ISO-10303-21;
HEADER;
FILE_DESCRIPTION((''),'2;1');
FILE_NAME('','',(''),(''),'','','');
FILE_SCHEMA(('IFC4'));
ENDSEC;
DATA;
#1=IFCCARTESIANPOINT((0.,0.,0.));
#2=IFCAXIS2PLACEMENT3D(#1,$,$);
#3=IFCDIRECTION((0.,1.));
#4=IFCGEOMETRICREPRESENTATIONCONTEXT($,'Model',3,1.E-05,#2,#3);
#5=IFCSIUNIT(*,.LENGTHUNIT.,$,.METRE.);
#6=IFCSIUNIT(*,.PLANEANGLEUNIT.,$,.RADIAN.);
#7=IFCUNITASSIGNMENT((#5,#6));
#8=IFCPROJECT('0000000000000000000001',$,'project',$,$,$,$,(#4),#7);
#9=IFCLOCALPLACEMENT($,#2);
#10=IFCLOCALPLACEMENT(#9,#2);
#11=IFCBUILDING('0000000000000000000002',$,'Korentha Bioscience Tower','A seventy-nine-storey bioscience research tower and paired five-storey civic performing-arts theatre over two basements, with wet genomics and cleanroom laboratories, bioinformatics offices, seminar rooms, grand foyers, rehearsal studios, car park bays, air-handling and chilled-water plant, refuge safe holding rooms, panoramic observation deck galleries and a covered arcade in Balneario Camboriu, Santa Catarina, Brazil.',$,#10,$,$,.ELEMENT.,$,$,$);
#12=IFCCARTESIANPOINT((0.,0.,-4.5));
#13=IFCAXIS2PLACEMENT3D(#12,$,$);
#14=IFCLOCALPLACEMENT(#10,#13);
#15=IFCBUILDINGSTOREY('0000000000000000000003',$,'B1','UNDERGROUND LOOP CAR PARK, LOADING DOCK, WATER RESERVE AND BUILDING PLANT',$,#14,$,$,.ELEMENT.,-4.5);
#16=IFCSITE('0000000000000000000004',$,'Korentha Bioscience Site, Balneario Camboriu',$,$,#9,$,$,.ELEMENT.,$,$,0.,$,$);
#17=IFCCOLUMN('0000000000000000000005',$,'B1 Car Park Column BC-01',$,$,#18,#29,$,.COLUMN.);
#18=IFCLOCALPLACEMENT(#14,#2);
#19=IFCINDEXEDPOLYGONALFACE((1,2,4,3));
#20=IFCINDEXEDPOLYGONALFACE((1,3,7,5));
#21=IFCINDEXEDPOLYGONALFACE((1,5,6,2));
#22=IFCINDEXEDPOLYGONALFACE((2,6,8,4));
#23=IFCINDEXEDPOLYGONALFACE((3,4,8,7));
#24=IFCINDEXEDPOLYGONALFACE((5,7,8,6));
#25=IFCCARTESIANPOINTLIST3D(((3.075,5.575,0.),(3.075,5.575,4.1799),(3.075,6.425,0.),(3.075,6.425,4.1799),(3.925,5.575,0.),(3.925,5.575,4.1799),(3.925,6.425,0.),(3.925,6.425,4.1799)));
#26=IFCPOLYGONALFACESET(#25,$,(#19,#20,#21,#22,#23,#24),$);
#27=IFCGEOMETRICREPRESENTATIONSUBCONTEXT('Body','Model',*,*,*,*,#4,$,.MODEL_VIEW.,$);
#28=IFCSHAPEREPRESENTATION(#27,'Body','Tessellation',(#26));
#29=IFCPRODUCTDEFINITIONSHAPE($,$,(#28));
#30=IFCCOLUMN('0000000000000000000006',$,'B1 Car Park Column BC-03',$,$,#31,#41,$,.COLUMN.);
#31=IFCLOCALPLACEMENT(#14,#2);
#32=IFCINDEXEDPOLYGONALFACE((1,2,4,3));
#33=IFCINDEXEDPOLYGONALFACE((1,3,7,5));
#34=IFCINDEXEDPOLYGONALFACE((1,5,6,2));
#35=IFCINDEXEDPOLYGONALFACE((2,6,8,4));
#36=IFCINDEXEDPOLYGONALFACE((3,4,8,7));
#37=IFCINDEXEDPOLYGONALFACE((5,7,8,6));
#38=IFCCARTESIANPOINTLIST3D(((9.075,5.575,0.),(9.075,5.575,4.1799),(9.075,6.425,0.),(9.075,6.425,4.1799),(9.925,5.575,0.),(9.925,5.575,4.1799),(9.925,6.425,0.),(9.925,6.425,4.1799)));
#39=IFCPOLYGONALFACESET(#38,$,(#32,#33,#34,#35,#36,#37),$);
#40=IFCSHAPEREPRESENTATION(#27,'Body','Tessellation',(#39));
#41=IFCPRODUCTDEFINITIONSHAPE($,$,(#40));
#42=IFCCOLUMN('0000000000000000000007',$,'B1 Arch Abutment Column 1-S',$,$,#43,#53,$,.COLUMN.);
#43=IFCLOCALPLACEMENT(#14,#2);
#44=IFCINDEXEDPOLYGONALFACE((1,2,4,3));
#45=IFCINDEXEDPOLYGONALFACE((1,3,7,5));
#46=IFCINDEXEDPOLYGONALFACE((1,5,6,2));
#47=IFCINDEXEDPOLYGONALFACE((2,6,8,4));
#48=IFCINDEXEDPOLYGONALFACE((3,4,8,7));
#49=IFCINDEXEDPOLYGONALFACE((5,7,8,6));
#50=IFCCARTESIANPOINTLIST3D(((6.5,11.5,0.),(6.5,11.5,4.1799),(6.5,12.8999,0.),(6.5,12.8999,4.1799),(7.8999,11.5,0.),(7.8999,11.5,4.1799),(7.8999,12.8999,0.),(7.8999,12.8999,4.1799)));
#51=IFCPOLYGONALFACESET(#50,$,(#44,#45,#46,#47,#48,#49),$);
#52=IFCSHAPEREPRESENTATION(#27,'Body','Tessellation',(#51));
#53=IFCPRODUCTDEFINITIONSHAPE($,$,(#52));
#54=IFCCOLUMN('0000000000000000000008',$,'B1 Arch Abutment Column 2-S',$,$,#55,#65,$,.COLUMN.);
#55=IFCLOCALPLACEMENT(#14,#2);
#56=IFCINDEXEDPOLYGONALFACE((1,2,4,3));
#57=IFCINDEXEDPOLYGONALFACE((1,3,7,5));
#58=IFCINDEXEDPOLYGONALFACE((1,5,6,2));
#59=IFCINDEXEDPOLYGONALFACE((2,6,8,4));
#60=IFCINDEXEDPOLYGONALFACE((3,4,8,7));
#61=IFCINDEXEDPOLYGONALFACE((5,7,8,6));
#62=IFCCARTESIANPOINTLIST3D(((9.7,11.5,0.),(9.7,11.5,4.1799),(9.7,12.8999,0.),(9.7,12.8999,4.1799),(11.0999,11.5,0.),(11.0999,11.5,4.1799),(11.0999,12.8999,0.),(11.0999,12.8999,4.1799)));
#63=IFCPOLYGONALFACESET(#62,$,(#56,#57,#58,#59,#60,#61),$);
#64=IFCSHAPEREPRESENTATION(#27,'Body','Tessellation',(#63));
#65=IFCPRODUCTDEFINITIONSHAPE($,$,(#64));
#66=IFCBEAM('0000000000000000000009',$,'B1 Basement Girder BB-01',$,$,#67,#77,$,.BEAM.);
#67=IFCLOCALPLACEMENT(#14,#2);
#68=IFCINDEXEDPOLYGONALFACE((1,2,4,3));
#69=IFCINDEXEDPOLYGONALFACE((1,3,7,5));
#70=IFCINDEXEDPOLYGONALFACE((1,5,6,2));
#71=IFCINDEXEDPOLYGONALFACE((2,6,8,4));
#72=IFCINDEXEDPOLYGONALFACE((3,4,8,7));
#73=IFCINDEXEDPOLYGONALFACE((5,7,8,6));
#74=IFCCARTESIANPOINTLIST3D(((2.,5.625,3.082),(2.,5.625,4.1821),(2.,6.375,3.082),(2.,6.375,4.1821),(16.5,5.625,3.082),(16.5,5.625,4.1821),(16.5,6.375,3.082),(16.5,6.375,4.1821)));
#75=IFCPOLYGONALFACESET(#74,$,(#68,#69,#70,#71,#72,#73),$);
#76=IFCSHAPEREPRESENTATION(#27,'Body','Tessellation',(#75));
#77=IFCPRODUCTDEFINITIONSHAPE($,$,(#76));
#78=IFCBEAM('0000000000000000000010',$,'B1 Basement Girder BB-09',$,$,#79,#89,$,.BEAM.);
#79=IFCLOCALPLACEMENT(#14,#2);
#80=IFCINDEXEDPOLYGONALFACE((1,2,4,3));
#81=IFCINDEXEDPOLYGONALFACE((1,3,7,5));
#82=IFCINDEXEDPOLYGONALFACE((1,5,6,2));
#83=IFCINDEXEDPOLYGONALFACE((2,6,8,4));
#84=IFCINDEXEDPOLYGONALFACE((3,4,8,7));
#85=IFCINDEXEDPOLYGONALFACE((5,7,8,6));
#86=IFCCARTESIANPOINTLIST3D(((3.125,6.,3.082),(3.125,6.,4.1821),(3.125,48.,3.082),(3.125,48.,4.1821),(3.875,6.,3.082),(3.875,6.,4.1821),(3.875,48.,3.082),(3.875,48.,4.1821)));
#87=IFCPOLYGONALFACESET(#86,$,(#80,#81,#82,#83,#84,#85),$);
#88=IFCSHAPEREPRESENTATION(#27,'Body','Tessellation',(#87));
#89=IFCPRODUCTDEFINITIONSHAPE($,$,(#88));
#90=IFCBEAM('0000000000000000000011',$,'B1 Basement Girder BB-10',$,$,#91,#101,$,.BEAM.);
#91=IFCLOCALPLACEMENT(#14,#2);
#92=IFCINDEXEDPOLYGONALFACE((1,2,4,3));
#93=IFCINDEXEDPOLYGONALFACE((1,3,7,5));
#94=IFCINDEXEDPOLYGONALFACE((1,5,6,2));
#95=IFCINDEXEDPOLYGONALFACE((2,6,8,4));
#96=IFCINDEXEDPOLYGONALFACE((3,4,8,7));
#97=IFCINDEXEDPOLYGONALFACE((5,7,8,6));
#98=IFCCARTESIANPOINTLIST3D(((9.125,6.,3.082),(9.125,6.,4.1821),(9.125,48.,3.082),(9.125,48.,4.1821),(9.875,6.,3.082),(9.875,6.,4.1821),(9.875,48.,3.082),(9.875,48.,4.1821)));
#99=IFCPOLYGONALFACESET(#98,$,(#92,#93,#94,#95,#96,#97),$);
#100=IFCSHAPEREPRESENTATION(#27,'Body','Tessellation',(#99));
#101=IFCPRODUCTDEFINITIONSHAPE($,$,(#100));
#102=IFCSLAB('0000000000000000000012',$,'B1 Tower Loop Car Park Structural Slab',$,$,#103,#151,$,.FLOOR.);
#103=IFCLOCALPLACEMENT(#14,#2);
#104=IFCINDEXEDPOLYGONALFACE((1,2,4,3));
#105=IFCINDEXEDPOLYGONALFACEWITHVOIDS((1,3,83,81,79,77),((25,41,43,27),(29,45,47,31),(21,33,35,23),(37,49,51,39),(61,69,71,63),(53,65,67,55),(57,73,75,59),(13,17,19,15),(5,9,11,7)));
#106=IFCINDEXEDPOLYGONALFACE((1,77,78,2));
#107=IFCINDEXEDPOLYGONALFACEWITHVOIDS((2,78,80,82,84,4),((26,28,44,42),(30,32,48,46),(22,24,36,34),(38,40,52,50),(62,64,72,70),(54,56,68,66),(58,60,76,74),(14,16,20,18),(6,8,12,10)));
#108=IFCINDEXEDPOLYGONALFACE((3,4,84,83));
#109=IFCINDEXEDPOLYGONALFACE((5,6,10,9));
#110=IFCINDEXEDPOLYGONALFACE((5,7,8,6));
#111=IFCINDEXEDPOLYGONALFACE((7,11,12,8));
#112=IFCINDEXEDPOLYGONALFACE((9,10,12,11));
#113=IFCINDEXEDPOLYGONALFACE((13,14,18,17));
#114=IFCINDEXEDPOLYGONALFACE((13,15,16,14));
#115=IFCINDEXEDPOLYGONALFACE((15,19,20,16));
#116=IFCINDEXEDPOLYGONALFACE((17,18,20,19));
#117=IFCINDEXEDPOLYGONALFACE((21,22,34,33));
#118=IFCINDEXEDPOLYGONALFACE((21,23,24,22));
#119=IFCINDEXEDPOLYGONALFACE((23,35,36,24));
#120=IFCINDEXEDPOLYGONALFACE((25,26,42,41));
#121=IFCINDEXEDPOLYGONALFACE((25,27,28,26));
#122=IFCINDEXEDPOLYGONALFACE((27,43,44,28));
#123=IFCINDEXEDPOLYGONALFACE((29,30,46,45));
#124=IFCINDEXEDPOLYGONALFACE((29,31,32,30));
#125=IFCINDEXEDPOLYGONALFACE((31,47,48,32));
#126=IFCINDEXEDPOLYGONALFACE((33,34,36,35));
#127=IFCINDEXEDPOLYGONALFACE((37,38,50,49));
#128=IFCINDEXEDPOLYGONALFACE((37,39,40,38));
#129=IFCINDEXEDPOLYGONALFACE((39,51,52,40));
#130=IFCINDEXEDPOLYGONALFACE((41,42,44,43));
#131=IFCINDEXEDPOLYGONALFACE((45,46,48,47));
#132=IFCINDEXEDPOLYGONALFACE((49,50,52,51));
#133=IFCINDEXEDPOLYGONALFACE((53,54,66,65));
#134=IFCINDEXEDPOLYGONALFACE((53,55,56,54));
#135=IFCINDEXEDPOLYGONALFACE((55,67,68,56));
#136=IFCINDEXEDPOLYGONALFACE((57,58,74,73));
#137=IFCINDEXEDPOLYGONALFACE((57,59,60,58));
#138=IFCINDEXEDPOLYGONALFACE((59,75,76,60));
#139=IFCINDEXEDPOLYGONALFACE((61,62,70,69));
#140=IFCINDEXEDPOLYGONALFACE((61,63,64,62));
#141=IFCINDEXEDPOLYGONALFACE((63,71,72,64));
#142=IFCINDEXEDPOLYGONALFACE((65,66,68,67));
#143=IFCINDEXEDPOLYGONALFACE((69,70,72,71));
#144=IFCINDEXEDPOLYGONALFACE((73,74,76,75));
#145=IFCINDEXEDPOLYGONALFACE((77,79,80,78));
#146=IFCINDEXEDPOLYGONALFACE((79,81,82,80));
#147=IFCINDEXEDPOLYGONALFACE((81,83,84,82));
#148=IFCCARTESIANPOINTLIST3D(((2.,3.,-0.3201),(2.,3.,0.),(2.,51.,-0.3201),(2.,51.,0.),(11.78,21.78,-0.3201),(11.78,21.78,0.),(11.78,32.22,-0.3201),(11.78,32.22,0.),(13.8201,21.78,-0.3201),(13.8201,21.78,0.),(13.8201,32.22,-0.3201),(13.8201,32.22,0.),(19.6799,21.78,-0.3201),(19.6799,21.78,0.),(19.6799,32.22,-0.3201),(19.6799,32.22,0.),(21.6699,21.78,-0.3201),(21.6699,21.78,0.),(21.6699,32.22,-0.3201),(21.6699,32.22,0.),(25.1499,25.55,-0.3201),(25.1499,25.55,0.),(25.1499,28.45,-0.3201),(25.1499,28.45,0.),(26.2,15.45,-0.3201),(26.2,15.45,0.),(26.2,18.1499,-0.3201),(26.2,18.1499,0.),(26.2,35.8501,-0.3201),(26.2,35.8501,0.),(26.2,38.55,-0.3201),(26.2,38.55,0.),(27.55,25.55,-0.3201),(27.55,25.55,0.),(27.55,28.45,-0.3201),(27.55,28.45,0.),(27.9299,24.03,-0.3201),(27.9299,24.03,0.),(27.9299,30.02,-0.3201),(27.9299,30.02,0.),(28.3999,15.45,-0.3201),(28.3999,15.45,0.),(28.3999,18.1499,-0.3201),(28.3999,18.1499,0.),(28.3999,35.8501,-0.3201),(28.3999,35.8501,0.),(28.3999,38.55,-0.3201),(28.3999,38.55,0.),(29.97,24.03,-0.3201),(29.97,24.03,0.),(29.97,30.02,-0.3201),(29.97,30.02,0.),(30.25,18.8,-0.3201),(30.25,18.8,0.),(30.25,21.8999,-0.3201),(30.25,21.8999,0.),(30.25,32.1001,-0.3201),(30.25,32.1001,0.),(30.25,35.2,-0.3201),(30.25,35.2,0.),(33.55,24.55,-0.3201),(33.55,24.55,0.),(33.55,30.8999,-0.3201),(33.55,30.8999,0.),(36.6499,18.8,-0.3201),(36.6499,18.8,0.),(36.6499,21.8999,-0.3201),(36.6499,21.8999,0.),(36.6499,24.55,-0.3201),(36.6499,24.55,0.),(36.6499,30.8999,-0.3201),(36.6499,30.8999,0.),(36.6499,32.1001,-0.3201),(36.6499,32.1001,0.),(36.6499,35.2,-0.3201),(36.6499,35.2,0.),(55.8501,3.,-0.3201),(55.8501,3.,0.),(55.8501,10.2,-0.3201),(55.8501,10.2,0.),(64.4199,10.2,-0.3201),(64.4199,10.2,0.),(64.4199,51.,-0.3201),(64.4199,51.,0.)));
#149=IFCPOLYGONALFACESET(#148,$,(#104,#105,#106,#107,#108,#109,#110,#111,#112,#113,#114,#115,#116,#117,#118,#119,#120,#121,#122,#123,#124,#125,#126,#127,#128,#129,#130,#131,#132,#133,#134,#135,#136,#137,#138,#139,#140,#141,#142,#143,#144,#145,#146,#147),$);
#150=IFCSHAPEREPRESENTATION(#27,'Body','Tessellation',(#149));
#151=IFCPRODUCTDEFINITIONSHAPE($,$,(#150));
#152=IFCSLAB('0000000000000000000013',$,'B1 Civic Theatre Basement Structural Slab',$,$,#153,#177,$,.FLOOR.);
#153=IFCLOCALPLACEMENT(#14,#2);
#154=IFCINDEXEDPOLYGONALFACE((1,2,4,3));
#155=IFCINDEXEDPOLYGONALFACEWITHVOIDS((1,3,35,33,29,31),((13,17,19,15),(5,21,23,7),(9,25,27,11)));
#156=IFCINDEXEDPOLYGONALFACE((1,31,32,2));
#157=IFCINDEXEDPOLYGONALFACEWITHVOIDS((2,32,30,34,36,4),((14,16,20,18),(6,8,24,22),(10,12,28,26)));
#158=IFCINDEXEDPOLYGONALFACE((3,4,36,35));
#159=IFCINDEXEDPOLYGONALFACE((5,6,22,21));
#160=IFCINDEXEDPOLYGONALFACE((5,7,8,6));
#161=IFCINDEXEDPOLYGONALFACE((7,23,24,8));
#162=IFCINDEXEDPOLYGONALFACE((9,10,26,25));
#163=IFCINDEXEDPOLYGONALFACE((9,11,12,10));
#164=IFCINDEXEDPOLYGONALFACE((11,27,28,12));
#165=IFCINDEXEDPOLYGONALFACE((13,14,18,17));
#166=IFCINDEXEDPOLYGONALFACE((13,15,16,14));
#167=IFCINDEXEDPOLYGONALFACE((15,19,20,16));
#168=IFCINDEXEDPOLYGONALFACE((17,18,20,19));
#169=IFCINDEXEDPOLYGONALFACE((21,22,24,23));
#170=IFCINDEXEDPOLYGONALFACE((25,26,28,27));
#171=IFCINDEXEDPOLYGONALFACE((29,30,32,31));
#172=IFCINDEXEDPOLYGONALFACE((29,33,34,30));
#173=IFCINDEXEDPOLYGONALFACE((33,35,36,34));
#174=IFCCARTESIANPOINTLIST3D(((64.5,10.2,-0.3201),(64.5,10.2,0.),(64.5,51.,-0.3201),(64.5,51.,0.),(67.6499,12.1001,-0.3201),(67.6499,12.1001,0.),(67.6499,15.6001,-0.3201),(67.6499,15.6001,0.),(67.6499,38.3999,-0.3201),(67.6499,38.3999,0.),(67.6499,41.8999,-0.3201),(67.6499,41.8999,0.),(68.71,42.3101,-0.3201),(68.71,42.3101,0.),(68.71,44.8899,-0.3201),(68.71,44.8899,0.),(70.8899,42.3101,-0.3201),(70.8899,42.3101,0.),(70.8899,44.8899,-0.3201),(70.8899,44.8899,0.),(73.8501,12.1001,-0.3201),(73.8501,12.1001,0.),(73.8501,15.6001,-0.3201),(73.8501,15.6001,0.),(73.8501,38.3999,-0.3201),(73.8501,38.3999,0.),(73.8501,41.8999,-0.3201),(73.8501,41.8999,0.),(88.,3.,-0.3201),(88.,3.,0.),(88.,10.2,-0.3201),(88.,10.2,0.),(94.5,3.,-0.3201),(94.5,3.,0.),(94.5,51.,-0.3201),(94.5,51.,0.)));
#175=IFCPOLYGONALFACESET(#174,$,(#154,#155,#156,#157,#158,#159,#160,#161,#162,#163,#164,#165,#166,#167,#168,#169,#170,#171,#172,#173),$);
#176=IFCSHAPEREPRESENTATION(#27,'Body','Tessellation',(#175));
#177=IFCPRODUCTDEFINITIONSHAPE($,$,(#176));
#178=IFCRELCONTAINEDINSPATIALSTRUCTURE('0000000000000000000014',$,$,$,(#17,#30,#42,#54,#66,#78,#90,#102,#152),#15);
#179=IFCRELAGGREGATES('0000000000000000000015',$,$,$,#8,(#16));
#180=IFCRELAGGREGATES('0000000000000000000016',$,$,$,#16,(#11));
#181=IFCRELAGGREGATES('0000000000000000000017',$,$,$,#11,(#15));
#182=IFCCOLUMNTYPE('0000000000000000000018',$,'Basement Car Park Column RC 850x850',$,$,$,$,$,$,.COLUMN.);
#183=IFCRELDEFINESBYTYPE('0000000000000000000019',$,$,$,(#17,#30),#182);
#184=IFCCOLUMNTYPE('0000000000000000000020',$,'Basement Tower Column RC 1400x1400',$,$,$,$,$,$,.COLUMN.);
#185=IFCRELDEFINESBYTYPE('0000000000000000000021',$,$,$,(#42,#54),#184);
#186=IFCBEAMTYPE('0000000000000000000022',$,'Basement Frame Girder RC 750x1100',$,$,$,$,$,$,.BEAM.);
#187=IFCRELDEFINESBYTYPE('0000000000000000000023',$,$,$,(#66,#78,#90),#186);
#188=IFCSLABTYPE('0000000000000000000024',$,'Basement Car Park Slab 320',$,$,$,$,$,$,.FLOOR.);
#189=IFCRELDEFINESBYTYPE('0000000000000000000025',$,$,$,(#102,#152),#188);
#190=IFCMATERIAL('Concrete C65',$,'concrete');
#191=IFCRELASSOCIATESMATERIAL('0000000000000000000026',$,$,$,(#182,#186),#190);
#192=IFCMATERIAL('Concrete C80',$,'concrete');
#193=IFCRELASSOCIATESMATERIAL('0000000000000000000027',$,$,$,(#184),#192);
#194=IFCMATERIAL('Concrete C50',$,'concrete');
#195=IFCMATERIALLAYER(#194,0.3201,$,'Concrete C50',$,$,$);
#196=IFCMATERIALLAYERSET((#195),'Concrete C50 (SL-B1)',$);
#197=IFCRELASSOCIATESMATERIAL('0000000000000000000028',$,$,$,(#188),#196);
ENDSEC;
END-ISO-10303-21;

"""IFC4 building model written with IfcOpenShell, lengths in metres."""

from ifc_helpers import new_model, si_unit, direction, frame, origin, origin_2d, place, context, subcontext, project, spatial, polyline, rectangle, outline, extrude, material, layer, layer_set, material_profile, profile_set, type_object, element, save


model = new_model("IFC4")

# Units and contexts
model_context = context("Model", 3, precision=1e-05, world=origin(), true_north=direction((0.0, 1.0)))
body_context = subcontext(model_context, "Body", "Model", "MODEL_VIEW")
ifc_project = project(units=[si_unit("LENGTHUNIT", "METRE"), si_unit("PLANEANGLEUNIT", "RADIAN")], contexts=[model_context])

# Site, building, storey
site_placement = place(None, origin())
site = spatial("IfcSite", under=ifc_project, at=site_placement, Name="Korentha Bioscience Site, Balneario Camboriu", CompositionType="ELEMENT", RefElevation=0.0)
building_placement = place(site_placement, origin())
building = spatial("IfcBuilding", under=site, at=building_placement, Name="Korentha Bioscience Tower", Description="A seventy-nine-storey bioscience research tower and paired five-storey civic performing-arts theatre over two basements, with wet genomics and cleanroom laboratories, bioinformatics offices, seminar rooms, grand foyers, rehearsal studios, car park bays, air-handling and chilled-water plant, refuge safe holding rooms, panoramic observation deck galleries and a covered arcade in Balneario Camboriu, Santa Catarina, Brazil.", CompositionType="ELEMENT")
storey_placement = place(building_placement, frame((0.0, 0.0, -4.5)))
storey = spatial("IfcBuildingStorey", under=building, at=storey_placement, Name="B1", Description="UNDERGROUND LOOP CAR PARK, LOADING DOCK, WATER RESERVE AND BUILDING PLANT", CompositionType="ELEMENT", Elevation=-4.5)

# Columns
ifc_material_1 = material(Name="Concrete C65", Category="concrete")
ifc_material_profile_1 = material_profile(ifc_material_1, rectangle(XDim=0.8501, YDim=0.8501, at=origin_2d()), Name="Concrete C65")
ifc_profile_set_1 = profile_set([ifc_material_profile_1], Name="Concrete C65 (BC-01)")
column_type_1 = type_object("IfcColumnType", Name="Basement Car Park Column RC 850x850", PredefinedType="COLUMN", material=ifc_profile_set_1)
for number, where, z_axis, x_axis, name in (
    (1, (3.5, 6.0, 0.0), (0.0, 0.0, 1.0), (1.0, 0.0, 0.0), "B1 Car Park Column BC-01"),
    (2, (9.5, 6.0, 0.0), (0.0, 0.0, 1.0), (1.0, 0.0, 0.0), "B1 Car Park Column BC-03"),
):
    element("IfcColumn", number, at=place(storey_placement, frame(where, z_axis=z_axis, x_axis=x_axis)), inside=storey, type_object=column_type_1, Name=name, PredefinedType="COLUMN", context=body_context, shape_type="SweptSolid", body=[
        extrude(rectangle(XDim=0.8501, YDim=0.8501, at=origin_2d()), origin(), (0.0, 0.0, 1.0), 4.1799),
    ])
ifc_material_2 = material(Name="Concrete C80", Category="concrete")
ifc_material_profile_2 = material_profile(ifc_material_2, rectangle(XDim=1.3999, YDim=1.3999, at=origin_2d()), Name="Concrete C80")
ifc_profile_set_2 = profile_set([ifc_material_profile_2], Name="Concrete C80 (COL-B14)")
column_type_2 = type_object("IfcColumnType", Name="Basement Tower Column RC 1400x1400", PredefinedType="COLUMN", material=ifc_profile_set_2)
for number, where, z_axis, x_axis, name in (
    (3, (7.2, 12.2, 0.0), (0.0, 0.0, 1.0), (1.0, 0.0, 0.0), "B1 Arch Abutment Column 1-S"),
    (4, (10.3999, 12.2, 0.0), (0.0, 0.0, 1.0), (1.0, 0.0, 0.0), "B1 Arch Abutment Column 2-S"),
):
    element("IfcColumn", number, at=place(storey_placement, frame(where, z_axis=z_axis, x_axis=x_axis)), inside=storey, type_object=column_type_2, Name=name, PredefinedType="COLUMN", context=body_context, shape_type="SweptSolid", body=[
        extrude(rectangle(XDim=1.3999, YDim=1.3999, at=origin_2d()), origin(), (0.0, 0.0, 1.0), 4.1799),
    ])

# Beams
ifc_material_profile_3 = material_profile(ifc_material_1, rectangle(XDim=0.75, YDim=1.1001, at=origin_2d()), Name="Concrete C65")
ifc_profile_set_3 = profile_set([ifc_material_profile_3], Name="Concrete C65 (BB-750)")
beam_type = type_object("IfcBeamType", Name="Basement Frame Girder RC 750x1100", PredefinedType="BEAM", material=ifc_profile_set_3)
beam_placement = place(storey_placement, frame((2.0, 6.0, 3.6321), z_axis=(1.0, 0.0, 0.0), x_axis=(0.0, 1.0, 0.0)))
element("IfcBeam", 5, at=beam_placement, inside=storey, type_object=beam_type, Name="B1 Basement Girder BB-01", PredefinedType="BEAM", context=body_context, shape_type="SweptSolid", body=[
    extrude(rectangle(XDim=0.75, YDim=1.1001, at=origin_2d()), origin(), (0.0, 0.0, 1.0), 14.5),
])
for number, where, z_axis, x_axis, name in (
    (6, (3.5, 6.0, 3.6321), (0.0, 1.0, 0.0), (-1.0, 0.0, 0.0), "B1 Basement Girder BB-09"),
    (7, (9.5, 6.0, 3.6321), (0.0, 1.0, 0.0), (-1.0, 0.0, 0.0), "B1 Basement Girder BB-10"),
):
    element("IfcBeam", number, at=place(storey_placement, frame(where, z_axis=z_axis, x_axis=x_axis)), inside=storey, type_object=beam_type, Name=name, PredefinedType="BEAM", context=body_context, shape_type="SweptSolid", body=[
        extrude(rectangle(XDim=0.75, YDim=1.1001, at=origin_2d()), origin(), (0.0, 0.0, 1.0), 42.0),
    ])

# Slabs
ifc_material_3 = material(Name="Concrete C50", Category="concrete")
ifc_layer_1 = layer(ifc_material_3, 0.3201, Name="Concrete C50")
ifc_layer_set_1 = layer_set([ifc_layer_1], Name="Concrete C50 (SL-B1)")
slab_type_1 = type_object("IfcSlabType", Name="Basement Car Park Slab 320", PredefinedType="FLOOR", material=ifc_layer_set_1)
slab_1_placement = place(storey_placement, frame((0.0, 0.0, -0.3201)))
element("IfcSlab", 8, at=slab_1_placement, inside=storey, type_object=slab_type_1, Name="B1 Tower Loop Car Park Structural Slab", PredefinedType="FLOOR", context=body_context, shape_type="SweptSolid", body=[
    extrude(outline(polyline([(2.0, 3.0), (55.8501, 3.0), (55.8501, 10.2), (64.4199, 10.2), (64.4199, 51.0), (2.0, 51.0), (2.0, 3.0)]), holes=[polyline([(30.25, 32.1001), (36.6499, 32.1001), (36.6499, 35.2), (30.25, 35.2), (30.25, 32.1001)]), polyline([(30.25, 18.8), (36.6499, 18.8), (36.6499, 21.8999), (30.25, 21.8999), (30.25, 18.8)]), polyline([(36.6499, 24.55), (36.6499, 30.8999), (33.55, 30.8999), (33.55, 24.55), (36.6499, 24.55)]), polyline([(11.78, 21.78), (13.8201, 21.78), (13.8201, 32.22), (11.78, 32.22), (11.78, 21.78)]), polyline([(19.6799, 21.78), (21.6699, 21.78), (21.6699, 32.22), (19.6799, 32.22), (19.6799, 21.78)]), polyline([(27.9299, 24.03), (29.97, 24.03), (29.97, 30.02), (27.9299, 30.02), (27.9299, 24.03)]), polyline([(26.2, 15.45), (28.3999, 15.45), (28.3999, 18.1499), (26.2, 18.1499), (26.2, 15.45)]), polyline([(26.2, 35.8501), (28.3999, 35.8501), (28.3999, 38.55), (26.2, 38.55), (26.2, 35.8501)]), polyline([(25.1499, 25.55), (27.55, 25.55), (27.55, 28.45), (25.1499, 28.45), (25.1499, 25.55)])]), origin(), (0.0, 0.0, 1.0), 0.3201),
])
slab_2_placement = place(storey_placement, frame((0.0, 0.0, -0.3201)))
element("IfcSlab", 9, at=slab_2_placement, inside=storey, type_object=slab_type_1, Name="B1 Civic Theatre Basement Structural Slab", PredefinedType="FLOOR", context=body_context, shape_type="SweptSolid", body=[
    extrude(outline(polyline([(64.5, 10.2), (88.0, 10.2), (88.0, 3.0), (94.5, 3.0), (94.5, 51.0), (64.5, 51.0), (64.5, 10.2)]), holes=[polyline([(67.6499, 12.1001), (73.8501, 12.1001), (73.8501, 15.6001), (67.6499, 15.6001), (67.6499, 12.1001)]), polyline([(67.6499, 38.3999), (73.8501, 38.3999), (73.8501, 41.8999), (67.6499, 41.8999), (67.6499, 38.3999)]), polyline([(68.71, 42.3101), (70.8899, 42.3101), (70.8899, 44.8899), (68.71, 44.8899), (68.71, 42.3101)])]), origin(), (0.0, 0.0, 1.0), 0.3201),
])

save(model, "model.ifc")
